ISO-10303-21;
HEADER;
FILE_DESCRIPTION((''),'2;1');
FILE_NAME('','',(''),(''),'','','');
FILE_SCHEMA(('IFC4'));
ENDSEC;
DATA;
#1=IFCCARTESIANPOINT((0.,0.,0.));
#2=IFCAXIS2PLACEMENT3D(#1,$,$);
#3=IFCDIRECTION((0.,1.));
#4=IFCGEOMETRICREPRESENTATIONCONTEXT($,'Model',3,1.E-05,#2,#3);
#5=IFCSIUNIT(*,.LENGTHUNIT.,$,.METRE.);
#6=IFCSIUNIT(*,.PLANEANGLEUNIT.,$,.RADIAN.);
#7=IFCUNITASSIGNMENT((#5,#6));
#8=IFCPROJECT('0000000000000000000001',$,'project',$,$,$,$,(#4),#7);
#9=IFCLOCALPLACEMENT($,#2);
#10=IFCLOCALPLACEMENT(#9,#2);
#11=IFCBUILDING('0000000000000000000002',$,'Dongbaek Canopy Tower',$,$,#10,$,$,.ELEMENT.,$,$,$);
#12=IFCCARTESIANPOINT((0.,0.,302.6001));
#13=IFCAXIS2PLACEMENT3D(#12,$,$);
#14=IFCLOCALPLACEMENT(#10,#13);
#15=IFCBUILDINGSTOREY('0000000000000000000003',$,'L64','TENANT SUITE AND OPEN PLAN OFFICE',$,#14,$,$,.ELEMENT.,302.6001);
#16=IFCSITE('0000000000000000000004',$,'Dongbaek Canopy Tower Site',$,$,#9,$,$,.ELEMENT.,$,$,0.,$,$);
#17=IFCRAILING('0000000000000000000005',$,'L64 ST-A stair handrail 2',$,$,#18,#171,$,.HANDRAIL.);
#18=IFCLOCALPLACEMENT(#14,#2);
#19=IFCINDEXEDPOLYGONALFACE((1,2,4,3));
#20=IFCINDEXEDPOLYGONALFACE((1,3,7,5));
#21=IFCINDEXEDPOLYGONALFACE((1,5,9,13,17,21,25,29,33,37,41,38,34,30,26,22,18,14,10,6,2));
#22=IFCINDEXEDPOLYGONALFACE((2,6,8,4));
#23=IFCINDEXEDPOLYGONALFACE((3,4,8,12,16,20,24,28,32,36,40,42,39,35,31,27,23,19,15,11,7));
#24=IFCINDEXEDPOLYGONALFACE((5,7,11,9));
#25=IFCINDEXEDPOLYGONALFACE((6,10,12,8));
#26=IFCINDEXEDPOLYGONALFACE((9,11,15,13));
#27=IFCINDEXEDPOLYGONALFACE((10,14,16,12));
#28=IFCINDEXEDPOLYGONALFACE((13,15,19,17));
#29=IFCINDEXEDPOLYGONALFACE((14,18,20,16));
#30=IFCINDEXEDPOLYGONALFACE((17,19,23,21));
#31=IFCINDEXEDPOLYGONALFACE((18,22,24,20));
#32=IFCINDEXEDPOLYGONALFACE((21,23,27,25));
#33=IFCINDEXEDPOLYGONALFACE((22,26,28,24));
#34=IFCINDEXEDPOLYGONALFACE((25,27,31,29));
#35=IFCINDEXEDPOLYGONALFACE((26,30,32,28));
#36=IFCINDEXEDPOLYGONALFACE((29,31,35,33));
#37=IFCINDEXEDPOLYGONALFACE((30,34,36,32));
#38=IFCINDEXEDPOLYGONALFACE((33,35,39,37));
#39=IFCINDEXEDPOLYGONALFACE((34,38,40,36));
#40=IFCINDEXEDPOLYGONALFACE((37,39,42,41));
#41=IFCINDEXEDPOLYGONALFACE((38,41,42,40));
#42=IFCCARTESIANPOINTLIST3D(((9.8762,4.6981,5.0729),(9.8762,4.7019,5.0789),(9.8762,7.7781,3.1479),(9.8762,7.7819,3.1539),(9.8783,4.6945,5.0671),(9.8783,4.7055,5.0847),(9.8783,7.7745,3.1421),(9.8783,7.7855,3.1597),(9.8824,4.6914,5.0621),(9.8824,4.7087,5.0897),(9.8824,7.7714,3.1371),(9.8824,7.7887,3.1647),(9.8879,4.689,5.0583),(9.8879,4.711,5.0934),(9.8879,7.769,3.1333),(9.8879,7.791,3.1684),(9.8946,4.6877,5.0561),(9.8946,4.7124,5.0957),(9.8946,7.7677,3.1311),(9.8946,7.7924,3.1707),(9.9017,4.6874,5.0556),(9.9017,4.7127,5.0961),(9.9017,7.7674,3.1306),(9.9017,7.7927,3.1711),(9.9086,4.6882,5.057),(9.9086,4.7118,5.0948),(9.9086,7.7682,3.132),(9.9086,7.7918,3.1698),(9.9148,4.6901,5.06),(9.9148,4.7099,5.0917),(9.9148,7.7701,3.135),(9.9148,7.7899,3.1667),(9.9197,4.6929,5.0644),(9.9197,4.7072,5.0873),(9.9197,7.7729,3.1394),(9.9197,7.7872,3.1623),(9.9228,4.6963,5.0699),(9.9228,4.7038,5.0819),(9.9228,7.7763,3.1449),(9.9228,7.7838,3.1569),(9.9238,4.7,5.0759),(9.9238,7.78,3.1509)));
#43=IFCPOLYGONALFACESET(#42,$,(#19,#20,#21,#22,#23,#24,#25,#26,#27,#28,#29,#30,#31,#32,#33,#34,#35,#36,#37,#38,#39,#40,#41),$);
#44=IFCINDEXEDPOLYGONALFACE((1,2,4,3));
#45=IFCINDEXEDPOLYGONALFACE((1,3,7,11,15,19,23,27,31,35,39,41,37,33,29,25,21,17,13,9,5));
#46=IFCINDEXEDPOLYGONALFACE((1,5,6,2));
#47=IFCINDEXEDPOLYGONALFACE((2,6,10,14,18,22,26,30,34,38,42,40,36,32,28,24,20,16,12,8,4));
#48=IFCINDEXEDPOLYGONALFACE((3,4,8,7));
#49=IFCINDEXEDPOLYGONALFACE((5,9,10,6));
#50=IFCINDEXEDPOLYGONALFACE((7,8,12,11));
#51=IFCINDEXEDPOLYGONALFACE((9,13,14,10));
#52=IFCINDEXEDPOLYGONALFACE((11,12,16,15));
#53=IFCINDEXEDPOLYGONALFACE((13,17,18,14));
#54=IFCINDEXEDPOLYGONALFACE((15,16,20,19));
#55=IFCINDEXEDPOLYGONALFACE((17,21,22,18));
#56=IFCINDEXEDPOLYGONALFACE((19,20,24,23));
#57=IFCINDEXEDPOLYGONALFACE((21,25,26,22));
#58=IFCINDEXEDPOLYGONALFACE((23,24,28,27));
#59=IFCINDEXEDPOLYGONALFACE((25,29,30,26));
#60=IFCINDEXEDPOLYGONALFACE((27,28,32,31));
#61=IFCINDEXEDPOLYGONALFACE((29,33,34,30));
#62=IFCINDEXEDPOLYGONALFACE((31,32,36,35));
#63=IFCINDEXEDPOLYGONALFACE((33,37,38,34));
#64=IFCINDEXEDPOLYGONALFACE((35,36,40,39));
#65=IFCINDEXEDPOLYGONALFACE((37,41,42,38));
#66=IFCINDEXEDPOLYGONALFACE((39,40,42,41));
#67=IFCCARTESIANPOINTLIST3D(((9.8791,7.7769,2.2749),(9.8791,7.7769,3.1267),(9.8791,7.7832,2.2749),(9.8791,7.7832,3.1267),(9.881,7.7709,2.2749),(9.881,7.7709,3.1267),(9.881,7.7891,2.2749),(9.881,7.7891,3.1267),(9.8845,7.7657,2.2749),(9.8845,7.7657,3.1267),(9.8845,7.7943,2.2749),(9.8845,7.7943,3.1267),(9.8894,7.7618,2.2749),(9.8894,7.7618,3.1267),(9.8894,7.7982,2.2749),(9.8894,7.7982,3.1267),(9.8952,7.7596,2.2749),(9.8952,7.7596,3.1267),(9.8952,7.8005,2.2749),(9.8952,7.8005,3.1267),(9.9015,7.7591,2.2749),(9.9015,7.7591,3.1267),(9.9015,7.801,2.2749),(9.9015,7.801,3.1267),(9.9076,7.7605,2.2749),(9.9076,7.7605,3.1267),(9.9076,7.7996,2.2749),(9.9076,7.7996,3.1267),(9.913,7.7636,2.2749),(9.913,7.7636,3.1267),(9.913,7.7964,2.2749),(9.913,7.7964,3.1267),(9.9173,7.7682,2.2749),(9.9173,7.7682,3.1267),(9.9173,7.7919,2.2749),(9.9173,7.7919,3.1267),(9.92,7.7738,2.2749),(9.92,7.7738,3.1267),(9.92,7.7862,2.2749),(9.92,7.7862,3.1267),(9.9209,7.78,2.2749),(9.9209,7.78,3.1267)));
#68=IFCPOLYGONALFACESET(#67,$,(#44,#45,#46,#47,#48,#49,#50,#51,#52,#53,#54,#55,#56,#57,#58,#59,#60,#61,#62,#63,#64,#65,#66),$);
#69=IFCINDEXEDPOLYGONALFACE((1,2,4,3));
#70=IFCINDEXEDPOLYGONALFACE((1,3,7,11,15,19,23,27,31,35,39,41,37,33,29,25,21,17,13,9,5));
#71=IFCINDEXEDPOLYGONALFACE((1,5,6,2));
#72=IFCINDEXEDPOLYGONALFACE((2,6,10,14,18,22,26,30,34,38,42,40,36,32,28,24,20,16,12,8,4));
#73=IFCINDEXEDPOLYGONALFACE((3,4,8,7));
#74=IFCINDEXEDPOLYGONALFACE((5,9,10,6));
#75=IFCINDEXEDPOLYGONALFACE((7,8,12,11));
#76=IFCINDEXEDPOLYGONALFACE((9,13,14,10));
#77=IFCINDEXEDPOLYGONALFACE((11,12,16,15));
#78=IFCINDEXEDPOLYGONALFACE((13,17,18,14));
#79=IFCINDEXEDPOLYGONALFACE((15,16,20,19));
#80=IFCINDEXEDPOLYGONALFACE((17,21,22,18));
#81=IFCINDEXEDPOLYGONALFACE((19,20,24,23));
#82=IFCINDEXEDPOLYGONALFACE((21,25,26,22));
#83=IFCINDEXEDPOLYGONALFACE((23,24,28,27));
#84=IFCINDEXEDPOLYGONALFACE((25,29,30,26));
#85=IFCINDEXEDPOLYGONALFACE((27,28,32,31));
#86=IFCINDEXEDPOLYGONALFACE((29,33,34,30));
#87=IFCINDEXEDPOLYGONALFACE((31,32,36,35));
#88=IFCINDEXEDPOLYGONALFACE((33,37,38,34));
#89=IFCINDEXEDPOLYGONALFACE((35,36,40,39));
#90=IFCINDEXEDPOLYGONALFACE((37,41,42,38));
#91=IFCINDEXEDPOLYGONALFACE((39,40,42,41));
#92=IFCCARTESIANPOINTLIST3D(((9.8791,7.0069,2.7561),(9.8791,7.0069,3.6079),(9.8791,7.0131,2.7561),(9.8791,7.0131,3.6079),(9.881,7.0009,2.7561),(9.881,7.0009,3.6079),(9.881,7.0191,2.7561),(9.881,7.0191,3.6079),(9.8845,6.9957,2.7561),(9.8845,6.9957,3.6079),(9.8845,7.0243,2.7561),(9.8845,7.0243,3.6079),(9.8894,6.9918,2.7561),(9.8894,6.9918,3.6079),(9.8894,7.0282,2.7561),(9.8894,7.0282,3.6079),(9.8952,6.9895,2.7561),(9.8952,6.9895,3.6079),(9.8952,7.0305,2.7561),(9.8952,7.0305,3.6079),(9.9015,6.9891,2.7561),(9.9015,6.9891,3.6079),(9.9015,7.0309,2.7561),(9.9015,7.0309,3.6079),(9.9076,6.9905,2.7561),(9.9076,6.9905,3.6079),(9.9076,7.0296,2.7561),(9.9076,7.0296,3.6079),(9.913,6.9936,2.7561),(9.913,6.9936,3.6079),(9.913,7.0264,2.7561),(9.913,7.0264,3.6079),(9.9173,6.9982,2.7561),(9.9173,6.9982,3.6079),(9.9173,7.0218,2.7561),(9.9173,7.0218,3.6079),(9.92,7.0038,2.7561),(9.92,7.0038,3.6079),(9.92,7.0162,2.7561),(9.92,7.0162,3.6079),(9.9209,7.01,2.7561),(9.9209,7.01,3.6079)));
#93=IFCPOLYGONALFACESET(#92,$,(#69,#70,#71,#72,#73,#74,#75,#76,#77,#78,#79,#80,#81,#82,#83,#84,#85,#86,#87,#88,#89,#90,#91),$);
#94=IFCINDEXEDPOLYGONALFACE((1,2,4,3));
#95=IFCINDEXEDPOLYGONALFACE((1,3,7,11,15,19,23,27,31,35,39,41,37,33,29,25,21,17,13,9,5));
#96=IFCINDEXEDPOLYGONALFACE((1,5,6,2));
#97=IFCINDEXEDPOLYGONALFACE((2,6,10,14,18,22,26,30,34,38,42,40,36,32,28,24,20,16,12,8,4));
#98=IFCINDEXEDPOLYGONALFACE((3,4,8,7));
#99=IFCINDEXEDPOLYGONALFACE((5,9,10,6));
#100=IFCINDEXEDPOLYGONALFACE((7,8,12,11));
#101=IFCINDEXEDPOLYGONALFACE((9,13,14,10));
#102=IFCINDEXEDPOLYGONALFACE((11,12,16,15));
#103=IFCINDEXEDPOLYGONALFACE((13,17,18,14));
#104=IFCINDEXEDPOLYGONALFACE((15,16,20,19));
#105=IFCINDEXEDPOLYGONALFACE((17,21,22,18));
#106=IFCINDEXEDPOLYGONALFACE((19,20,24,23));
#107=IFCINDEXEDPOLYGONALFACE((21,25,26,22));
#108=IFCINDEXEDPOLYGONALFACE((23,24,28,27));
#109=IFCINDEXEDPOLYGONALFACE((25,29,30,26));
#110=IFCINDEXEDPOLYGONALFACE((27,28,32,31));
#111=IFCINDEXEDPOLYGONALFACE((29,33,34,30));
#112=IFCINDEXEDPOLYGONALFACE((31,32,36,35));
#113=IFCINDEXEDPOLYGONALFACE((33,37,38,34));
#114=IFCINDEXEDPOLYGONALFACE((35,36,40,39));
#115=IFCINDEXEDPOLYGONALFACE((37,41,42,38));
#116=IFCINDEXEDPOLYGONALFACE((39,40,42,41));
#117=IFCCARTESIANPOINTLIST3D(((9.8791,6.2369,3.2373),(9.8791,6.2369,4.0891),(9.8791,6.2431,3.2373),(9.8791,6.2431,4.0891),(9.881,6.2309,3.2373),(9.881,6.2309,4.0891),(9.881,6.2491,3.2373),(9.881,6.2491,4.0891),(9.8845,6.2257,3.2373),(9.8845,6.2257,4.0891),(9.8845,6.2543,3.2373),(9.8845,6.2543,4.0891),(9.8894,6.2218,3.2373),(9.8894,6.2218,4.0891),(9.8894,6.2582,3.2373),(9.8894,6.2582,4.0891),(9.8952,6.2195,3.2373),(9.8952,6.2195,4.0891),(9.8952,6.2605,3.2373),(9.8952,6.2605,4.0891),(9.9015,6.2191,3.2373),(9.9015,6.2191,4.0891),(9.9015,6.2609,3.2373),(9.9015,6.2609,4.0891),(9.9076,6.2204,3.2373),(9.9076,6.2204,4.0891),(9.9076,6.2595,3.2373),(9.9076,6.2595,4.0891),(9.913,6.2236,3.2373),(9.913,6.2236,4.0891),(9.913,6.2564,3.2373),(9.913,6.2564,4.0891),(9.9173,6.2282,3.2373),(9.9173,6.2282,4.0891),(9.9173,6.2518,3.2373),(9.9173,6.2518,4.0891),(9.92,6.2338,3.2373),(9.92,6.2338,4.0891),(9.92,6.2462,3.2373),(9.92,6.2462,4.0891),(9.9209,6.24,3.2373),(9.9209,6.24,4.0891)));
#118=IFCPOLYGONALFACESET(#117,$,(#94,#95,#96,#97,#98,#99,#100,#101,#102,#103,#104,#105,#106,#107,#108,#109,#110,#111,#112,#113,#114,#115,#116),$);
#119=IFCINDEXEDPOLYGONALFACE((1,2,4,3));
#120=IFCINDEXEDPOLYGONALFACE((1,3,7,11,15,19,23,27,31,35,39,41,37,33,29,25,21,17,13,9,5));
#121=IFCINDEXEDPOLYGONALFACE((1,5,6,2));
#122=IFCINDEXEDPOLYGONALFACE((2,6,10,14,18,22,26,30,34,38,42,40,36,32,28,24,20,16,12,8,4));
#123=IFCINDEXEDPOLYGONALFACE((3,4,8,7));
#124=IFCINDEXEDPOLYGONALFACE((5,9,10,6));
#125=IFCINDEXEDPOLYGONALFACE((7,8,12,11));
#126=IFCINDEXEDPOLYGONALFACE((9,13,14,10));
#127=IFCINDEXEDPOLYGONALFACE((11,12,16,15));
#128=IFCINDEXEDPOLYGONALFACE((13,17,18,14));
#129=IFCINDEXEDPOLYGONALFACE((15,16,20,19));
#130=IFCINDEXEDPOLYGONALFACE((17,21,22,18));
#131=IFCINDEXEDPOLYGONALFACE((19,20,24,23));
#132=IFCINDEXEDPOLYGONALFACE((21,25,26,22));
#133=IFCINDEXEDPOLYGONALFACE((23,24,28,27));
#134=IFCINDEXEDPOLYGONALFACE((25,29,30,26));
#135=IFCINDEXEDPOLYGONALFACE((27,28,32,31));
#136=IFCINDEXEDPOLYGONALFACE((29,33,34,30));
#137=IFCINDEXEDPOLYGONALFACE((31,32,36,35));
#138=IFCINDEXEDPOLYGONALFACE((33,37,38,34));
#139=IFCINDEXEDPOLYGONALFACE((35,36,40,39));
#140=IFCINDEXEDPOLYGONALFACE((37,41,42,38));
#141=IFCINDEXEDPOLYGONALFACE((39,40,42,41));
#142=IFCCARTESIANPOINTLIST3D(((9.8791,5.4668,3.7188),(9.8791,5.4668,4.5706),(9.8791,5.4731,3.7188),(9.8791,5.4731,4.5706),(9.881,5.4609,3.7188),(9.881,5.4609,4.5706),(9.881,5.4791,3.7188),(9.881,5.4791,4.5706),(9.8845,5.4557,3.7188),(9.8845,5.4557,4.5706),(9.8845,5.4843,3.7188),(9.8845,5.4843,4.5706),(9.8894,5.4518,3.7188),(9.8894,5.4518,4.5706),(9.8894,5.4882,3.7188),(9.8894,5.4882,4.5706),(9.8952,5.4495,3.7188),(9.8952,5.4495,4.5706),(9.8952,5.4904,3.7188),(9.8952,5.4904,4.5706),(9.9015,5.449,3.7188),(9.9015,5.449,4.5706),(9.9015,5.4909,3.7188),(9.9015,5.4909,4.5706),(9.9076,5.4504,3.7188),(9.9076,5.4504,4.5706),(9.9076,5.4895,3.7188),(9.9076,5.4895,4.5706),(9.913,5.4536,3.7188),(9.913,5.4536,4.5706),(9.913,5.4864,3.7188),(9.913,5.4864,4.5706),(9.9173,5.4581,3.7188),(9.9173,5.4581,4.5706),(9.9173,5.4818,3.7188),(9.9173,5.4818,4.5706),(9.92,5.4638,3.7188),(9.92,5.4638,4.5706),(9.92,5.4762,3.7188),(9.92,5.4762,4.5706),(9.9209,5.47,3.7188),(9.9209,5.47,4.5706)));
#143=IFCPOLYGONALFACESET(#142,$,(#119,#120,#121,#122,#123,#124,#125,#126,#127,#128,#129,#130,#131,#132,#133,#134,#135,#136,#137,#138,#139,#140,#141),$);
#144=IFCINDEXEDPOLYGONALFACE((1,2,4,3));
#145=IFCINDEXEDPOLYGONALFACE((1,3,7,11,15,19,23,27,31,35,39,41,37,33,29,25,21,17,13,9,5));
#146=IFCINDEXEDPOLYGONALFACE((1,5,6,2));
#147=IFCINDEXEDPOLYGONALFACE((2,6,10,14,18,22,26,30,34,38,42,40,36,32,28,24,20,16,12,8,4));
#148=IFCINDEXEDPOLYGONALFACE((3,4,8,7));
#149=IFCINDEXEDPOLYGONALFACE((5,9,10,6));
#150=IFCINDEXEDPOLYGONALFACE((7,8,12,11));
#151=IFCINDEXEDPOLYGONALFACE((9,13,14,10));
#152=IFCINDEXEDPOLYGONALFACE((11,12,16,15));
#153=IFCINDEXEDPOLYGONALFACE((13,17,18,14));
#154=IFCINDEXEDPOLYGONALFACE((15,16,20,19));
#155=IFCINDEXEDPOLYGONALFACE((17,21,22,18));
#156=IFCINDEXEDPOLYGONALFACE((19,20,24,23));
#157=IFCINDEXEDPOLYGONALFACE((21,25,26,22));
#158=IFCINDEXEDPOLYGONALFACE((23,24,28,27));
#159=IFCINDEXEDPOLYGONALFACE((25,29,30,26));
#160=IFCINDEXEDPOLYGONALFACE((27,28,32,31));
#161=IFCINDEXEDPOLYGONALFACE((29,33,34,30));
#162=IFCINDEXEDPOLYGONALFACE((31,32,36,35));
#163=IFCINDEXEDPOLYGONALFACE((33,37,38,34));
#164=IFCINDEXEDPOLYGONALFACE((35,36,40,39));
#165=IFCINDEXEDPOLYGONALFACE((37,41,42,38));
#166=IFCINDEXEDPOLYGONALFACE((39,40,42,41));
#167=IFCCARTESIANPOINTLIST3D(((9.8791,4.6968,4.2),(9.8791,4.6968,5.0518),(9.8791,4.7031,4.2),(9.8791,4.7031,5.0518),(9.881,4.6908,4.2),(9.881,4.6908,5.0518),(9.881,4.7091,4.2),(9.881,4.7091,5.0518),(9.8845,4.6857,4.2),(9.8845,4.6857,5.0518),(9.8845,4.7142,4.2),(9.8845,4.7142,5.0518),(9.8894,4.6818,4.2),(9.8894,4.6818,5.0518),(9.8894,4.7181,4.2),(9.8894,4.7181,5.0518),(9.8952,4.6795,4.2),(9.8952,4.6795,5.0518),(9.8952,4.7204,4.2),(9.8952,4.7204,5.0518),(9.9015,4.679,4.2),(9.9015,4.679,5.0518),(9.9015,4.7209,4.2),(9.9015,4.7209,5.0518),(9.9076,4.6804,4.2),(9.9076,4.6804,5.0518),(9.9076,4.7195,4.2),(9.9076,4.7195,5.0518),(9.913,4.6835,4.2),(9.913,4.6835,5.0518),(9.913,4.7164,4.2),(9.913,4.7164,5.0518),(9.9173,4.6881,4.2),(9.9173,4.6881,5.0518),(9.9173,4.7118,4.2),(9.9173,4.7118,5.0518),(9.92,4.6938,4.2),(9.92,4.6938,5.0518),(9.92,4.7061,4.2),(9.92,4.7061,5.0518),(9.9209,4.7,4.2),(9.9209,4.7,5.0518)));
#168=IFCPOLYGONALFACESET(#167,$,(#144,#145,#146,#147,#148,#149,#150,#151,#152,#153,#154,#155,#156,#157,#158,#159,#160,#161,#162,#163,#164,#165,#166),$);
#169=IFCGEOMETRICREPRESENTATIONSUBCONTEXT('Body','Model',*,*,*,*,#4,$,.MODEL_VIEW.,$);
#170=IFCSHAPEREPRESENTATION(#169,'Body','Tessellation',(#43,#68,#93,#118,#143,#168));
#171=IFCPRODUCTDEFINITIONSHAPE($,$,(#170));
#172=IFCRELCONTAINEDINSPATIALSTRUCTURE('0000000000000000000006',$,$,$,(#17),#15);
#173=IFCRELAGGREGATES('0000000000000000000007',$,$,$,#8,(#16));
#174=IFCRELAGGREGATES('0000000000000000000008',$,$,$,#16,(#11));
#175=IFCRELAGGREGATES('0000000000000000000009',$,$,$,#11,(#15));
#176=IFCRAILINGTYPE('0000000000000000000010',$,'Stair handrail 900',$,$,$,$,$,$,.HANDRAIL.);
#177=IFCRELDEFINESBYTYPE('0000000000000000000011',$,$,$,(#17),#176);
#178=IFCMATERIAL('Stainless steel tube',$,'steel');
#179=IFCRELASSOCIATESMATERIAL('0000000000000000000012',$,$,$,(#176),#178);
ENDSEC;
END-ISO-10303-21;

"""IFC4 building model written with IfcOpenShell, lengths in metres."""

from ifc_helpers import new_model, si_unit, direction, frame, origin, origin_2d, place, context, subcontext, project, spatial, circle, extrude, material, type_object, element, save


model = new_model("IFC4")

# Units and contexts
model_context = context("Model", 3, precision=1e-05, world=origin(), true_north=direction((0.0, 1.0)))
body_context = subcontext(model_context, "Body", "Model", "MODEL_VIEW")
ifc_project = project(units=[si_unit("LENGTHUNIT", "METRE"), si_unit("PLANEANGLEUNIT", "RADIAN")], contexts=[model_context])

# Site, building, storey
site_placement = place(None, origin())
site = spatial("IfcSite", under=ifc_project, at=site_placement, Name="Dongbaek Canopy Tower Site", CompositionType="ELEMENT", RefElevation=0.0)
building_placement = place(site_placement, origin())
building = spatial("IfcBuilding", under=site, at=building_placement, Name="Dongbaek Canopy Tower", CompositionType="ELEMENT")
storey_placement = place(building_placement, frame((0.0, 0.0, 302.6001)))
storey = spatial("IfcBuildingStorey", under=building, at=storey_placement, Name="L64", Description="TENANT SUITE AND OPEN PLAN OFFICE", CompositionType="ELEMENT", Elevation=302.6001)

# Railing
ifc_material_1 = material(Name="Stainless steel tube", Category="steel")
railing_type_1 = type_object("IfcRailingType", Name="Stair handrail 900", PredefinedType="HANDRAIL", material=ifc_material_1)
railing_1_placement = place(storey_placement, frame((9.8999, 7.78, 2.2749)))
element("IfcRailing", 1, at=railing_1_placement, inside=storey, type_object=railing_type_1, Name="L64 ST-A stair handrail 2", PredefinedType="HANDRAIL", context=body_context, shape_type="SweptSolid", body=[
    extrude(circle(Radius=0.0239, at=origin_2d()), frame((0.0, 0.0, 0.876), z_axis=(0.0, -0.847998, 0.529999), x_axis=(1.0, 0.0, 0.0)), (0.0, 0.0, 1.0), 3.6321),
    extrude(circle(Radius=0.021, at=origin_2d()), origin(), (0.0, 0.0, 1.0), 0.8518),
    extrude(circle(Radius=0.021, at=origin_2d()), frame((0.0, -0.77, 0.4812)), (0.0, 0.0, 1.0), 0.8518),
    extrude(circle(Radius=0.021, at=origin_2d()), frame((0.0, -1.54, 0.9624)), (0.0, 0.0, 1.0), 0.8518),
    extrude(circle(Radius=0.021, at=origin_2d()), frame((0.0, -2.3101, 1.4438)), (0.0, 0.0, 1.0), 0.8518),
    extrude(circle(Radius=0.021, at=origin_2d()), frame((0.0, -3.0801, 1.925)), (0.0, 0.0, 1.0), 0.8518),
])

save(model, "model.ifc")
